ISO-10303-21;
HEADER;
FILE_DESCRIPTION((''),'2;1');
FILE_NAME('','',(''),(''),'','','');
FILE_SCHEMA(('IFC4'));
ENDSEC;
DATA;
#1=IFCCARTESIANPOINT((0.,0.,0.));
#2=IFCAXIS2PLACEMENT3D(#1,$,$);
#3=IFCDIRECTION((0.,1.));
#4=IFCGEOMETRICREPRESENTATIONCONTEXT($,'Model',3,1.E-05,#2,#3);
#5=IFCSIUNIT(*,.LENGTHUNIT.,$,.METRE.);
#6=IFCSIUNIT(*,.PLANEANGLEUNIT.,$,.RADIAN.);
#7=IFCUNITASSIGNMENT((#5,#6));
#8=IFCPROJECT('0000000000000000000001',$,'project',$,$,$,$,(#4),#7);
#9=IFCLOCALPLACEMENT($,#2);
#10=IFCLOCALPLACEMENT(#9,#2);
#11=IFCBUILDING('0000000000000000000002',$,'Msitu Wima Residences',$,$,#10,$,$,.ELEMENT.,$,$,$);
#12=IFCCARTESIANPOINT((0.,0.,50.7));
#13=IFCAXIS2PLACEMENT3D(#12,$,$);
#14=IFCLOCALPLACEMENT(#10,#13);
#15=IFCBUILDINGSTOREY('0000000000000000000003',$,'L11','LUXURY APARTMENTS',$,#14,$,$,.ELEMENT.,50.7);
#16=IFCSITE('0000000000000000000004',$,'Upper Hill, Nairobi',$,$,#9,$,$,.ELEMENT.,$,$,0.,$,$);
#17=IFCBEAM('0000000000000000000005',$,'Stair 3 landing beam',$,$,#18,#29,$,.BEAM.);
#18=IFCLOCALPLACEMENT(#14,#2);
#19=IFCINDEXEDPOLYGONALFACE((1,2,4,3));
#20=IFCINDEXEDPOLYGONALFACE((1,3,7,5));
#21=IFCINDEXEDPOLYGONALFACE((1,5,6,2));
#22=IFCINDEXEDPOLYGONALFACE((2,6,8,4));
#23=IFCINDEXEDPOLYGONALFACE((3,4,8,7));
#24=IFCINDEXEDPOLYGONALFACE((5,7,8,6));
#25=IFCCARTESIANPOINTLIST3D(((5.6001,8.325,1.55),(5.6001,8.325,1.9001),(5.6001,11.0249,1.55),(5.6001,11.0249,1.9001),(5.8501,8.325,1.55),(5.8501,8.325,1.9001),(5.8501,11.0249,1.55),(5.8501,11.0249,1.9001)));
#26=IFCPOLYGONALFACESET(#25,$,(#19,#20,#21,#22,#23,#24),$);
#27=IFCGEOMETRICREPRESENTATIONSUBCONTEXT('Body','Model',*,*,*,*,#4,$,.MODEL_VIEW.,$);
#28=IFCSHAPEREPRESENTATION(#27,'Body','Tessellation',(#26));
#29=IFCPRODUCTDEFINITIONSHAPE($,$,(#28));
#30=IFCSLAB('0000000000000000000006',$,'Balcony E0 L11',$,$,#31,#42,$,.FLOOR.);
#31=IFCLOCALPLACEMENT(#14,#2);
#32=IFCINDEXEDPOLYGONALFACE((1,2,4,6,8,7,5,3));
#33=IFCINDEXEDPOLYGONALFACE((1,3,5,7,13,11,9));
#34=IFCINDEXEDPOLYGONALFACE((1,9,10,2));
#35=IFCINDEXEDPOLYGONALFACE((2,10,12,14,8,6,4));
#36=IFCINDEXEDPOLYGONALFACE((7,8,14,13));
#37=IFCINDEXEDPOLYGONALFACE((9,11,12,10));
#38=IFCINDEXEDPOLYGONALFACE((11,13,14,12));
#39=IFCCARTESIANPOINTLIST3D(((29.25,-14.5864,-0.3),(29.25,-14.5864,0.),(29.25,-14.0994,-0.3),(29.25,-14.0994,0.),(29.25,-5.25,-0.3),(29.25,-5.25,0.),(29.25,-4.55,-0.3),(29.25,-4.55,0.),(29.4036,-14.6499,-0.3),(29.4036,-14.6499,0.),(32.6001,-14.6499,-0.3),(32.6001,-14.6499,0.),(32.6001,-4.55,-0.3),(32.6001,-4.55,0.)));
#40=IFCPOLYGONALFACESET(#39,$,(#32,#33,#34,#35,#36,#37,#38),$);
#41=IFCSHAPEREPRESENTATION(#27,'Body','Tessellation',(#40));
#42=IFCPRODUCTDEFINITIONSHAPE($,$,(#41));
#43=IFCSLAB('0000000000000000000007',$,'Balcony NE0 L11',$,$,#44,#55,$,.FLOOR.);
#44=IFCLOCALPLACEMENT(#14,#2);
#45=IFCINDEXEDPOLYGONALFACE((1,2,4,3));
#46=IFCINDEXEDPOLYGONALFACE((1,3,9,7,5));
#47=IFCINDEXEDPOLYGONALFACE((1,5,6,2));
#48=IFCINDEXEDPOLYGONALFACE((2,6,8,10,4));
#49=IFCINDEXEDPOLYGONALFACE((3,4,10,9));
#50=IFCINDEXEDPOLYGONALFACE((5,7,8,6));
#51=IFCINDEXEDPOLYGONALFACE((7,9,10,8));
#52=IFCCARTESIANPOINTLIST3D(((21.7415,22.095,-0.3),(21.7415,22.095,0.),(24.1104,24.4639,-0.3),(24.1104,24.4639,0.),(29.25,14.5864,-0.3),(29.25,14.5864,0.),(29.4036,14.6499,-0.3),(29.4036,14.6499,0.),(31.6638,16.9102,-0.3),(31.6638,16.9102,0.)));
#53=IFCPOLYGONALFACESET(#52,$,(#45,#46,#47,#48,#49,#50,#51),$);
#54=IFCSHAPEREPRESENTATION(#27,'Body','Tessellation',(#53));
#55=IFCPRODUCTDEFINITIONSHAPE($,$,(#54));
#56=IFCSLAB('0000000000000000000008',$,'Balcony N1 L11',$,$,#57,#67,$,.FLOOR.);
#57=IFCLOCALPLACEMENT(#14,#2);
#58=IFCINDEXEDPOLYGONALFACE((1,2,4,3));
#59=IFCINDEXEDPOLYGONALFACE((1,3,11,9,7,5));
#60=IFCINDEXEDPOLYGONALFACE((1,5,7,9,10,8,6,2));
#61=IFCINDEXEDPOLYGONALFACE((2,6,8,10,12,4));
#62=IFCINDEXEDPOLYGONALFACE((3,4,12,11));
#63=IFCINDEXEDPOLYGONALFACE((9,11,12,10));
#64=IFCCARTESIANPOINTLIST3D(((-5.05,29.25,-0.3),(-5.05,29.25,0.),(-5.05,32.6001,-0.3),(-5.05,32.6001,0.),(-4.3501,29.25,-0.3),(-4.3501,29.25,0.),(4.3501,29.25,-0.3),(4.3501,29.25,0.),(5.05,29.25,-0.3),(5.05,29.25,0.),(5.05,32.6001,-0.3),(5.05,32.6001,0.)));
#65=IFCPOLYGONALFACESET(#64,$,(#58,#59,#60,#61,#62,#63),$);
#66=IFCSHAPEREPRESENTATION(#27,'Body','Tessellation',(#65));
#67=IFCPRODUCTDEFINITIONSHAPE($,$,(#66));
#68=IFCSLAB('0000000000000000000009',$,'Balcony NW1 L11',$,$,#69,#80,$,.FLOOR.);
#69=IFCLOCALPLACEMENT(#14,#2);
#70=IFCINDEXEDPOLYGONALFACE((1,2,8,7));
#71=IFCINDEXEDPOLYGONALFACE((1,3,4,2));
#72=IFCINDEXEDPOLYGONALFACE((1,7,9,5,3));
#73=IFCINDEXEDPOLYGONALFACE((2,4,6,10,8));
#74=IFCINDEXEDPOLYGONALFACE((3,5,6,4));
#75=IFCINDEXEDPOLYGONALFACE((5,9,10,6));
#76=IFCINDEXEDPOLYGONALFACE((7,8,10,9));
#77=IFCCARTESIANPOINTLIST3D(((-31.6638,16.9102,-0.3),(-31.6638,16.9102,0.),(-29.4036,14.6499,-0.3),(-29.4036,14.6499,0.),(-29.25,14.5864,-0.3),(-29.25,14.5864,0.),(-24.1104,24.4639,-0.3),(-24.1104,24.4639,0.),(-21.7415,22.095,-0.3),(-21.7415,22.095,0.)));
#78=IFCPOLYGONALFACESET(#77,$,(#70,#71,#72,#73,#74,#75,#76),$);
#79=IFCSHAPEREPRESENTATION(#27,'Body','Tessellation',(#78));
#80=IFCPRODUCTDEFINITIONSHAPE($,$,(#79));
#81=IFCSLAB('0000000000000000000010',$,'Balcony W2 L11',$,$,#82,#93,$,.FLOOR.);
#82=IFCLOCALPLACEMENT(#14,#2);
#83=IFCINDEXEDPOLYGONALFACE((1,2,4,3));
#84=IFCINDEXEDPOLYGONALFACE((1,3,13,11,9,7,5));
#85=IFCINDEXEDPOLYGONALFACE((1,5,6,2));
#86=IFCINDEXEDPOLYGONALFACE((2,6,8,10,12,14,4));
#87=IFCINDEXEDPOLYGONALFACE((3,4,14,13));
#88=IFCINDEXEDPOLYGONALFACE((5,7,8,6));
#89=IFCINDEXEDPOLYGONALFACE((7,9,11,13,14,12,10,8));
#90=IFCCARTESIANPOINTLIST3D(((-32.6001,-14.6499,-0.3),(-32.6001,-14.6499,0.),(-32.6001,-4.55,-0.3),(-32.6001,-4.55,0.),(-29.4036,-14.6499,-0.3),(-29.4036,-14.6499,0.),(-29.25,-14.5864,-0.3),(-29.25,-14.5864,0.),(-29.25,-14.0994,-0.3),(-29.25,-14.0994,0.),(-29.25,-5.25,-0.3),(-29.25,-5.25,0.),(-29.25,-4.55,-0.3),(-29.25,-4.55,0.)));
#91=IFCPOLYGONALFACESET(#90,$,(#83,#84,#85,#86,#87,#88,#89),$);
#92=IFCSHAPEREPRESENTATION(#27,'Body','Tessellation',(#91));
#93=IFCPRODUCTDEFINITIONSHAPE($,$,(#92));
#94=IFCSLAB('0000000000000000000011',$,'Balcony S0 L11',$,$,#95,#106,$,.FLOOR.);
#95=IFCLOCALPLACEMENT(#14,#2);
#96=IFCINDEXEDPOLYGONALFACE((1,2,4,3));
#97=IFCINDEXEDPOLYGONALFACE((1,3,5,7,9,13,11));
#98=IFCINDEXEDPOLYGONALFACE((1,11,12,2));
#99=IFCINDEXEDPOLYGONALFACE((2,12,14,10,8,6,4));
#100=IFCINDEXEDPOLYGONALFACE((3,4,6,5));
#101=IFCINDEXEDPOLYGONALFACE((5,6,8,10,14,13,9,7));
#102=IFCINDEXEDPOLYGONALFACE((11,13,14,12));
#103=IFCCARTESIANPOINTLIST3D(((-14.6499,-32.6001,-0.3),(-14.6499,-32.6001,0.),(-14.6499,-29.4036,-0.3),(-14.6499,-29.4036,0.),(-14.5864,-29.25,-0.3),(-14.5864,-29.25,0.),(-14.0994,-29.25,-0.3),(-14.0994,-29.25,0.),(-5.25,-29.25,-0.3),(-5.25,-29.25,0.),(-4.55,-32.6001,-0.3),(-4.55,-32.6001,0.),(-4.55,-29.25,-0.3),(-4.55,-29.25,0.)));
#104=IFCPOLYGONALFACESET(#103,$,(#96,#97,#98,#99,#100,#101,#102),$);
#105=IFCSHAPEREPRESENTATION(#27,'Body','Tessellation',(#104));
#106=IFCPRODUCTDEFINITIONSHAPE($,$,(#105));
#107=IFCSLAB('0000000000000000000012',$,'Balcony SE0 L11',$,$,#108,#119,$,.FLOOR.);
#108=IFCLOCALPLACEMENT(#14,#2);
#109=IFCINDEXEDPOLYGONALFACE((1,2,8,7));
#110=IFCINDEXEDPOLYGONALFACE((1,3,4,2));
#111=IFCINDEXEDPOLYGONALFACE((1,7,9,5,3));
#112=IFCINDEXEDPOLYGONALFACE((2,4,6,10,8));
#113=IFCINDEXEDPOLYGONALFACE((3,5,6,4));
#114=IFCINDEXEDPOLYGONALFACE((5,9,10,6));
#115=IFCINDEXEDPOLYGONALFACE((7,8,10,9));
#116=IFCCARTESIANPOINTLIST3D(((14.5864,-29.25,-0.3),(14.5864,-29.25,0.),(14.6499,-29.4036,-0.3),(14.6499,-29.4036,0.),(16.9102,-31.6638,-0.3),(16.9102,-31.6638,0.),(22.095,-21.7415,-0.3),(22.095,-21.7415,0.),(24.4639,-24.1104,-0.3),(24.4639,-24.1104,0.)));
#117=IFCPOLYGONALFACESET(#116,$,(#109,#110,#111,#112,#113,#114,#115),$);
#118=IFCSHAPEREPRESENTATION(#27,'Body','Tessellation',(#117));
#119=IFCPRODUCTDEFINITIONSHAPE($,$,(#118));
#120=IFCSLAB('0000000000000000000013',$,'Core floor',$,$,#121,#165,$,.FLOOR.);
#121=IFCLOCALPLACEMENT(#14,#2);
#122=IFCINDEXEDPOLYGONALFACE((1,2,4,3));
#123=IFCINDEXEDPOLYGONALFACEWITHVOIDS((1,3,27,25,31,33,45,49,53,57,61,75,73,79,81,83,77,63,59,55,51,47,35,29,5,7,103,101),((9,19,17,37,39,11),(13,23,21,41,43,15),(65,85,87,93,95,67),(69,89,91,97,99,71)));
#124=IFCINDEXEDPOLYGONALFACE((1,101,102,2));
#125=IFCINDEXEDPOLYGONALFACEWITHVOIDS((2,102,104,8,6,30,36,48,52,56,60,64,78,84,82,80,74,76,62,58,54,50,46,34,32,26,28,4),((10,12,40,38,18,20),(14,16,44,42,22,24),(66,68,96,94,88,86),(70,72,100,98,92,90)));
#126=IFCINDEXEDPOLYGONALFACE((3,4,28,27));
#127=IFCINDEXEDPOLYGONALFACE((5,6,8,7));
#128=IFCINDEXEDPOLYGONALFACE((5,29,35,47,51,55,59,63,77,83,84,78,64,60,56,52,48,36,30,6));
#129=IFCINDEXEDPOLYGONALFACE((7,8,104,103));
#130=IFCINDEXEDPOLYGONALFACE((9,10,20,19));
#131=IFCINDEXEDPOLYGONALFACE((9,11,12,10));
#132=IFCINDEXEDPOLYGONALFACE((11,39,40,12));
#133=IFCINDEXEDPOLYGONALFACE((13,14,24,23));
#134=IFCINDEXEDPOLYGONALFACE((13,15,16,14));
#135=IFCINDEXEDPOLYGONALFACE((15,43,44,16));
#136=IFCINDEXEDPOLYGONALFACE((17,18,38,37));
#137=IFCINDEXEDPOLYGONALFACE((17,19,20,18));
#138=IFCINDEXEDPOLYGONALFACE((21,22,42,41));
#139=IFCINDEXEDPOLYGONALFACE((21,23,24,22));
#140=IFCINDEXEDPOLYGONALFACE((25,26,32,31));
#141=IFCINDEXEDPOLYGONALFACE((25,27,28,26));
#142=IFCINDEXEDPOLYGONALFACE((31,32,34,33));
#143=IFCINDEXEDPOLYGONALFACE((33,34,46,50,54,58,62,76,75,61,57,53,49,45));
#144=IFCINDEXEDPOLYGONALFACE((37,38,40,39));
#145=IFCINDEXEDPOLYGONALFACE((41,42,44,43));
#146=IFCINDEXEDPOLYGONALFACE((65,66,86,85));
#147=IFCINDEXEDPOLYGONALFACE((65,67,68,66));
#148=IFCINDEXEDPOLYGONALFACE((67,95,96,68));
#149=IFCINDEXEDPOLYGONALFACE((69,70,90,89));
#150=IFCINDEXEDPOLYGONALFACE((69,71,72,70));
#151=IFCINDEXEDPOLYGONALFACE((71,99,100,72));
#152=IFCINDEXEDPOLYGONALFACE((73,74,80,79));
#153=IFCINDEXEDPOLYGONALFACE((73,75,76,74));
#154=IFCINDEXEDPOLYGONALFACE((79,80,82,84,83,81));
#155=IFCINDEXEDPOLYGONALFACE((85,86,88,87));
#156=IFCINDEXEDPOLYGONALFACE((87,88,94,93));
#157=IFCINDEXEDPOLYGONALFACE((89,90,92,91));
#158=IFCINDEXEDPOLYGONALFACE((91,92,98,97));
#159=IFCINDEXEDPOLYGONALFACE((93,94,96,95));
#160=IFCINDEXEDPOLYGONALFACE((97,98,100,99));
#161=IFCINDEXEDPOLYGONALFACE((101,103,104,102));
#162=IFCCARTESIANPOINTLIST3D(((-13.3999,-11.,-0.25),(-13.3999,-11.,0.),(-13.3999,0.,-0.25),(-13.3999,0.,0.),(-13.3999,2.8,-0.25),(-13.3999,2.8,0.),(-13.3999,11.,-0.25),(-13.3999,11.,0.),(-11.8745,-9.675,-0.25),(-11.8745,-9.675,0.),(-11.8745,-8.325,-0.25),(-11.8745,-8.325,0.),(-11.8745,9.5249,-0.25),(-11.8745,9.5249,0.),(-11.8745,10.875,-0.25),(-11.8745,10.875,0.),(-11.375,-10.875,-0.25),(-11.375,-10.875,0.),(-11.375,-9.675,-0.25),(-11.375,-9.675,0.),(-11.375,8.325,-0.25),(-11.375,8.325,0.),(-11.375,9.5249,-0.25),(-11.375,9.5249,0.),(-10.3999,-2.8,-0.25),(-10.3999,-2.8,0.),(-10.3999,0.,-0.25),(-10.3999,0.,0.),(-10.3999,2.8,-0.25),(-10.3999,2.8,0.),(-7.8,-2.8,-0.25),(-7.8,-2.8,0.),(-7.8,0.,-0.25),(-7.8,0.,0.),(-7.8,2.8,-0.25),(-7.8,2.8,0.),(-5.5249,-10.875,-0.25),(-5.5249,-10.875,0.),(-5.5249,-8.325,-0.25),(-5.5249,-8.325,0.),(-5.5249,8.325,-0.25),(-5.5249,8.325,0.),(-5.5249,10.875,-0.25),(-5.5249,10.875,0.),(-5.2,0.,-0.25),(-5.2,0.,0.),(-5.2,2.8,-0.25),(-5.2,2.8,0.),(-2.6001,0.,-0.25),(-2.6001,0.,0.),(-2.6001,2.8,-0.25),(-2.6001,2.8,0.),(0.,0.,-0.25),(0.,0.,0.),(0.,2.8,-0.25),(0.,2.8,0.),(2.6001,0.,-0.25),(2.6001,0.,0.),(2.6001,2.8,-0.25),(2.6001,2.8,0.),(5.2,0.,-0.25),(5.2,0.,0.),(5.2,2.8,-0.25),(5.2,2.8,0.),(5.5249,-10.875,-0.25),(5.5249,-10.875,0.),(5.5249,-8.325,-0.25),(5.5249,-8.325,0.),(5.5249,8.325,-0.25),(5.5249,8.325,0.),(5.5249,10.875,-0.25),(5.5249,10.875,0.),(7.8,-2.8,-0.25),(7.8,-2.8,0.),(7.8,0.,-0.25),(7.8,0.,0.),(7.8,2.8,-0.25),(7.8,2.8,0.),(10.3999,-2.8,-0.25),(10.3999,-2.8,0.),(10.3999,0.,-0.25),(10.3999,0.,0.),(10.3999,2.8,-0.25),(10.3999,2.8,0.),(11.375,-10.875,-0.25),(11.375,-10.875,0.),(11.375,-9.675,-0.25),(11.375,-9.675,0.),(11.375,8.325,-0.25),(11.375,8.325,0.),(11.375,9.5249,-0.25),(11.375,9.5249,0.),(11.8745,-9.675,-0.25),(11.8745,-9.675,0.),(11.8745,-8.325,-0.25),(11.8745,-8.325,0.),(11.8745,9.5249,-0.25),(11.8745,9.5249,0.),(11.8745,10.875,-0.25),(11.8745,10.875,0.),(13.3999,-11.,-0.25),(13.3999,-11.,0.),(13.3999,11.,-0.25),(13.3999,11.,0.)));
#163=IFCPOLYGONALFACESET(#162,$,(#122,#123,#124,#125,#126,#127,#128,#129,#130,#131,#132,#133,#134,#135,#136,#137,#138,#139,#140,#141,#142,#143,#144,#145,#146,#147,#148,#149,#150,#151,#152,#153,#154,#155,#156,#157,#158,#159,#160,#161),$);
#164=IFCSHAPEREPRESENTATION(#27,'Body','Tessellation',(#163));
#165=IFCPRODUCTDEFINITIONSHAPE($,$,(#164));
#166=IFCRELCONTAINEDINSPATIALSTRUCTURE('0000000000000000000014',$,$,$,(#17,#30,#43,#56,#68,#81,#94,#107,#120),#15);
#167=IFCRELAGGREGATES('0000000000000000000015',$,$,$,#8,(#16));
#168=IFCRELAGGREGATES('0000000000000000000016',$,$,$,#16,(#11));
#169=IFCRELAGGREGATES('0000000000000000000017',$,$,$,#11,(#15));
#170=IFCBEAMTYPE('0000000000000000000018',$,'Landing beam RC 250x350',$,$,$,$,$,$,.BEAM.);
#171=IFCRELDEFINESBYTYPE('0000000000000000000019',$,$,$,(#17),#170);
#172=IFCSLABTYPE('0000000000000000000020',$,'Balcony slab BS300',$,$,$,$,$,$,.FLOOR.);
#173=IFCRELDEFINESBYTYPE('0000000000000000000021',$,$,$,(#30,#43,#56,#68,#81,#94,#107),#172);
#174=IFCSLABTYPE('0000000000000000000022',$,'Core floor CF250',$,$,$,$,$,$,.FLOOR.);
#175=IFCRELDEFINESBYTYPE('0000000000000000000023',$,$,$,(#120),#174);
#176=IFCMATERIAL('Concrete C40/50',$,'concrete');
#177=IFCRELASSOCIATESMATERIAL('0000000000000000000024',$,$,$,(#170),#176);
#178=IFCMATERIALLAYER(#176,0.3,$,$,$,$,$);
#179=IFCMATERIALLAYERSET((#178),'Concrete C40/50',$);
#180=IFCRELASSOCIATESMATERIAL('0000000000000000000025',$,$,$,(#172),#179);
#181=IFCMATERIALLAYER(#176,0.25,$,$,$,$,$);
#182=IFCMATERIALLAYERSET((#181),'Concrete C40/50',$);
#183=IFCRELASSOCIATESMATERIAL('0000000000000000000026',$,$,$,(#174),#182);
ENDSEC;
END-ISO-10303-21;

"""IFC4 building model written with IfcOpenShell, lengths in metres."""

from ifc_helpers import new_model, si_unit, direction, frame, origin, origin_2d, place, context, subcontext, project, spatial, polyline, rectangle, outline, extrude, material, layer, layer_set, material_profile, profile_set, type_object, element, save


model = new_model("IFC4")

# Units and contexts
model_context = context("Model", 3, precision=1e-05, world=origin(), true_north=direction((0.0, 1.0)))
body_context = subcontext(model_context, "Body", "Model", "MODEL_VIEW")
ifc_project = project(units=[si_unit("LENGTHUNIT", "METRE"), si_unit("PLANEANGLEUNIT", "RADIAN")], contexts=[model_context])

# Site, building, storey
site_placement = place(None, origin())
site = spatial("IfcSite", under=ifc_project, at=site_placement, Name="Upper Hill, Nairobi", CompositionType="ELEMENT", RefElevation=0.0)
building_placement = place(site_placement, origin())
building = spatial("IfcBuilding", under=site, at=building_placement, Name="Msitu Wima Residences", CompositionType="ELEMENT")
storey_placement = place(building_placement, frame((0.0, 0.0, 50.7)))
storey = spatial("IfcBuildingStorey", under=building, at=storey_placement, Name="L11", Description="LUXURY APARTMENTS", CompositionType="ELEMENT", Elevation=50.7)

# Beam
ifc_material_1 = material(Name="Concrete C40/50", Category="concrete")
ifc_material_profile = material_profile(ifc_material_1, rectangle(XDim=0.25, YDim=0.3501, at=origin_2d()), Name="RC 250x350")
ifc_profile_set = profile_set([ifc_material_profile], Name="Concrete C40/50")
beam_type = type_object("IfcBeamType", Name="Landing beam RC 250x350", PredefinedType="BEAM", material=ifc_profile_set)
beam_placement = place(storey_placement, frame((5.7251, 8.325, 1.7251), z_axis=(0.0, 1.0, 0.0), x_axis=(-1.0, 0.0, 0.0)))
element("IfcBeam", 1, at=beam_placement, inside=storey, type_object=beam_type, Name="Stair 3 landing beam", PredefinedType="BEAM", context=body_context, shape_type="SweptSolid", body=[
    extrude(rectangle(XDim=0.25, YDim=0.3501, at=origin_2d()), origin(), (0.0, 0.0, 1.0), 2.7),
])

# Slabs
ifc_layer_1 = layer(ifc_material_1, 0.3)
ifc_layer_set_1 = layer_set([ifc_layer_1], Name="Concrete C40/50")
slab_type_1 = type_object("IfcSlabType", Name="Balcony slab BS300", PredefinedType="FLOOR", material=ifc_layer_set_1)
slab_1_placement = place(storey_placement, frame((0.0, 0.0, -0.3)))
element("IfcSlab", 2, at=slab_1_placement, inside=storey, type_object=slab_type_1, Name="Balcony E0 L11", PredefinedType="FLOOR", context=body_context, shape_type="SweptSolid", body=[
    extrude(outline(polyline([(29.25, -14.0994), (29.25, -14.0994), (29.25, -5.25), (29.25, -4.55), (32.6001, -4.55), (32.6001, -14.6499), (29.4036, -14.6499), (29.25, -14.5864), (29.25, -14.0994), (29.25, -14.0994)])), origin(), (0.0, 0.0, 1.0), 0.3),
])
slab_2_placement = place(storey_placement, frame((0.0, 0.0, -0.3)))
element("IfcSlab", 3, at=slab_2_placement, inside=storey, type_object=slab_type_1, Name="Balcony NE0 L11", PredefinedType="FLOOR", context=body_context, shape_type="SweptSolid", body=[
    extrude(outline(polyline([(24.1104, 24.4639), (31.6638, 16.9102), (29.4036, 14.6499), (29.25, 14.5864), (21.7415, 22.095), (24.1104, 24.4639)])), origin(), (0.0, 0.0, 1.0), 0.3),
])
slab_3_placement = place(storey_placement, frame((0.0, 0.0, -0.3)))
element("IfcSlab", 4, at=slab_3_placement, inside=storey, type_object=slab_type_1, Name="Balcony N1 L11", PredefinedType="FLOOR", context=body_context, shape_type="SweptSolid", body=[
    extrude(outline(polyline([(4.3501, 29.25), (-4.3501, 29.25), (-5.05, 29.25), (-5.05, 32.6001), (5.05, 32.6001), (5.05, 29.25), (4.3501, 29.25)])), origin(), (0.0, 0.0, 1.0), 0.3),
])
slab_4_placement = place(storey_placement, frame((0.0, 0.0, -0.3)))
element("IfcSlab", 5, at=slab_4_placement, inside=storey, type_object=slab_type_1, Name="Balcony NW1 L11", PredefinedType="FLOOR", context=body_context, shape_type="SweptSolid", body=[
    extrude(outline(polyline([(-31.6638, 16.9102), (-24.1104, 24.4639), (-21.7415, 22.095), (-29.25, 14.5864), (-29.4036, 14.6499), (-31.6638, 16.9102)])), origin(), (0.0, 0.0, 1.0), 0.3),
])
slab_5_placement = place(storey_placement, frame((0.0, 0.0, -0.3)))
element("IfcSlab", 6, at=slab_5_placement, inside=storey, type_object=slab_type_1, Name="Balcony W2 L11", PredefinedType="FLOOR", context=body_context, shape_type="SweptSolid", body=[
    extrude(outline(polyline([(-29.25, -14.0994), (-29.25, -14.0994), (-29.25, -14.0994), (-29.25, -14.5864), (-29.4036, -14.6499), (-32.6001, -14.6499), (-32.6001, -4.55), (-29.25, -4.55), (-29.25, -5.25), (-29.25, -14.0994)])), origin(), (0.0, 0.0, 1.0), 0.3),
])
slab_6_placement = place(storey_placement, frame((0.0, 0.0, -0.3)))
element("IfcSlab", 7, at=slab_6_placement, inside=storey, type_object=slab_type_1, Name="Balcony S0 L11", PredefinedType="FLOOR", context=body_context, shape_type="SweptSolid", body=[
    extrude(outline(polyline([(-14.0994, -29.25), (-14.0994, -29.25), (-5.25, -29.25), (-4.55, -29.25), (-4.55, -32.6001), (-14.6499, -32.6001), (-14.6499, -29.4036), (-14.5864, -29.25), (-14.0994, -29.25), (-14.0994, -29.25)])), origin(), (0.0, 0.0, 1.0), 0.3),
])
slab_7_placement = place(storey_placement, frame((0.0, 0.0, -0.3)))
element("IfcSlab", 8, at=slab_7_placement, inside=storey, type_object=slab_type_1, Name="Balcony SE0 L11", PredefinedType="FLOOR", context=body_context, shape_type="SweptSolid", body=[
    extrude(outline(polyline([(24.4639, -24.1104), (16.9102, -31.6638), (14.6499, -29.4036), (14.5864, -29.25), (22.095, -21.7415), (24.4639, -24.1104)])), origin(), (0.0, 0.0, 1.0), 0.3),
])
ifc_layer_2 = layer(ifc_material_1, 0.25)
ifc_layer_set_2 = layer_set([ifc_layer_2], Name="Concrete C40/50")
slab_type_2 = type_object("IfcSlabType", Name="Core floor CF250", PredefinedType="FLOOR", material=ifc_layer_set_2)
slab_8_placement = place(storey_placement, frame((0.0, 0.0, -0.25)))
element("IfcSlab", 9, at=slab_8_placement, inside=storey, type_object=slab_type_2, Name="Core floor", PredefinedType="FLOOR", context=body_context, shape_type="SweptSolid", body=[
    extrude(outline(polyline([(-13.3999, 11.0), (-13.3999, 2.8), (-10.3999, 2.8), (-7.8, 2.8), (-5.2, 2.8), (-2.6001, 2.8), (0.0, 2.8), (2.6001, 2.8), (5.2, 2.8), (7.8, 2.8), (10.3999, 2.8), (10.3999, 0.0), (10.3999, -2.8), (7.8, -2.8), (7.8, 0.0), (5.2, 0.0), (2.6001, 0.0), (0.0, 0.0), (-2.6001, 0.0), (-5.2, 0.0), (-7.8, 0.0), (-7.8, -2.8), (-10.3999, -2.8), (-10.3999, 0.0), (-13.3999, 0.0), (-13.3999, -11.0), (13.3999, -11.0), (13.3999, 11.0), (-13.3999, 11.0)]), holes=[polyline([(-11.375, -10.875), (-11.375, -9.675), (-11.8745, -9.675), (-11.8745, -8.325), (-5.5249, -8.325), (-5.5249, -10.875), (-11.375, -10.875)]), polyline([(-11.375, 9.5249), (-11.8745, 9.5249), (-11.8745, 10.875), (-5.5249, 10.875), (-5.5249, 8.325), (-11.375, 8.325), (-11.375, 9.5249)]), polyline([(11.375, -9.675), (11.375, -10.875), (5.5249, -10.875), (5.5249, -8.325), (11.8745, -8.325), (11.8745, -9.675), (11.375, -9.675)]), polyline([(11.375, 9.5249), (11.375, 8.325), (5.5249, 8.325), (5.5249, 10.875), (11.8745, 10.875), (11.8745, 9.5249), (11.375, 9.5249)])]), origin(), (0.0, 0.0, 1.0), 0.25),
])

save(model, "model.ifc")
